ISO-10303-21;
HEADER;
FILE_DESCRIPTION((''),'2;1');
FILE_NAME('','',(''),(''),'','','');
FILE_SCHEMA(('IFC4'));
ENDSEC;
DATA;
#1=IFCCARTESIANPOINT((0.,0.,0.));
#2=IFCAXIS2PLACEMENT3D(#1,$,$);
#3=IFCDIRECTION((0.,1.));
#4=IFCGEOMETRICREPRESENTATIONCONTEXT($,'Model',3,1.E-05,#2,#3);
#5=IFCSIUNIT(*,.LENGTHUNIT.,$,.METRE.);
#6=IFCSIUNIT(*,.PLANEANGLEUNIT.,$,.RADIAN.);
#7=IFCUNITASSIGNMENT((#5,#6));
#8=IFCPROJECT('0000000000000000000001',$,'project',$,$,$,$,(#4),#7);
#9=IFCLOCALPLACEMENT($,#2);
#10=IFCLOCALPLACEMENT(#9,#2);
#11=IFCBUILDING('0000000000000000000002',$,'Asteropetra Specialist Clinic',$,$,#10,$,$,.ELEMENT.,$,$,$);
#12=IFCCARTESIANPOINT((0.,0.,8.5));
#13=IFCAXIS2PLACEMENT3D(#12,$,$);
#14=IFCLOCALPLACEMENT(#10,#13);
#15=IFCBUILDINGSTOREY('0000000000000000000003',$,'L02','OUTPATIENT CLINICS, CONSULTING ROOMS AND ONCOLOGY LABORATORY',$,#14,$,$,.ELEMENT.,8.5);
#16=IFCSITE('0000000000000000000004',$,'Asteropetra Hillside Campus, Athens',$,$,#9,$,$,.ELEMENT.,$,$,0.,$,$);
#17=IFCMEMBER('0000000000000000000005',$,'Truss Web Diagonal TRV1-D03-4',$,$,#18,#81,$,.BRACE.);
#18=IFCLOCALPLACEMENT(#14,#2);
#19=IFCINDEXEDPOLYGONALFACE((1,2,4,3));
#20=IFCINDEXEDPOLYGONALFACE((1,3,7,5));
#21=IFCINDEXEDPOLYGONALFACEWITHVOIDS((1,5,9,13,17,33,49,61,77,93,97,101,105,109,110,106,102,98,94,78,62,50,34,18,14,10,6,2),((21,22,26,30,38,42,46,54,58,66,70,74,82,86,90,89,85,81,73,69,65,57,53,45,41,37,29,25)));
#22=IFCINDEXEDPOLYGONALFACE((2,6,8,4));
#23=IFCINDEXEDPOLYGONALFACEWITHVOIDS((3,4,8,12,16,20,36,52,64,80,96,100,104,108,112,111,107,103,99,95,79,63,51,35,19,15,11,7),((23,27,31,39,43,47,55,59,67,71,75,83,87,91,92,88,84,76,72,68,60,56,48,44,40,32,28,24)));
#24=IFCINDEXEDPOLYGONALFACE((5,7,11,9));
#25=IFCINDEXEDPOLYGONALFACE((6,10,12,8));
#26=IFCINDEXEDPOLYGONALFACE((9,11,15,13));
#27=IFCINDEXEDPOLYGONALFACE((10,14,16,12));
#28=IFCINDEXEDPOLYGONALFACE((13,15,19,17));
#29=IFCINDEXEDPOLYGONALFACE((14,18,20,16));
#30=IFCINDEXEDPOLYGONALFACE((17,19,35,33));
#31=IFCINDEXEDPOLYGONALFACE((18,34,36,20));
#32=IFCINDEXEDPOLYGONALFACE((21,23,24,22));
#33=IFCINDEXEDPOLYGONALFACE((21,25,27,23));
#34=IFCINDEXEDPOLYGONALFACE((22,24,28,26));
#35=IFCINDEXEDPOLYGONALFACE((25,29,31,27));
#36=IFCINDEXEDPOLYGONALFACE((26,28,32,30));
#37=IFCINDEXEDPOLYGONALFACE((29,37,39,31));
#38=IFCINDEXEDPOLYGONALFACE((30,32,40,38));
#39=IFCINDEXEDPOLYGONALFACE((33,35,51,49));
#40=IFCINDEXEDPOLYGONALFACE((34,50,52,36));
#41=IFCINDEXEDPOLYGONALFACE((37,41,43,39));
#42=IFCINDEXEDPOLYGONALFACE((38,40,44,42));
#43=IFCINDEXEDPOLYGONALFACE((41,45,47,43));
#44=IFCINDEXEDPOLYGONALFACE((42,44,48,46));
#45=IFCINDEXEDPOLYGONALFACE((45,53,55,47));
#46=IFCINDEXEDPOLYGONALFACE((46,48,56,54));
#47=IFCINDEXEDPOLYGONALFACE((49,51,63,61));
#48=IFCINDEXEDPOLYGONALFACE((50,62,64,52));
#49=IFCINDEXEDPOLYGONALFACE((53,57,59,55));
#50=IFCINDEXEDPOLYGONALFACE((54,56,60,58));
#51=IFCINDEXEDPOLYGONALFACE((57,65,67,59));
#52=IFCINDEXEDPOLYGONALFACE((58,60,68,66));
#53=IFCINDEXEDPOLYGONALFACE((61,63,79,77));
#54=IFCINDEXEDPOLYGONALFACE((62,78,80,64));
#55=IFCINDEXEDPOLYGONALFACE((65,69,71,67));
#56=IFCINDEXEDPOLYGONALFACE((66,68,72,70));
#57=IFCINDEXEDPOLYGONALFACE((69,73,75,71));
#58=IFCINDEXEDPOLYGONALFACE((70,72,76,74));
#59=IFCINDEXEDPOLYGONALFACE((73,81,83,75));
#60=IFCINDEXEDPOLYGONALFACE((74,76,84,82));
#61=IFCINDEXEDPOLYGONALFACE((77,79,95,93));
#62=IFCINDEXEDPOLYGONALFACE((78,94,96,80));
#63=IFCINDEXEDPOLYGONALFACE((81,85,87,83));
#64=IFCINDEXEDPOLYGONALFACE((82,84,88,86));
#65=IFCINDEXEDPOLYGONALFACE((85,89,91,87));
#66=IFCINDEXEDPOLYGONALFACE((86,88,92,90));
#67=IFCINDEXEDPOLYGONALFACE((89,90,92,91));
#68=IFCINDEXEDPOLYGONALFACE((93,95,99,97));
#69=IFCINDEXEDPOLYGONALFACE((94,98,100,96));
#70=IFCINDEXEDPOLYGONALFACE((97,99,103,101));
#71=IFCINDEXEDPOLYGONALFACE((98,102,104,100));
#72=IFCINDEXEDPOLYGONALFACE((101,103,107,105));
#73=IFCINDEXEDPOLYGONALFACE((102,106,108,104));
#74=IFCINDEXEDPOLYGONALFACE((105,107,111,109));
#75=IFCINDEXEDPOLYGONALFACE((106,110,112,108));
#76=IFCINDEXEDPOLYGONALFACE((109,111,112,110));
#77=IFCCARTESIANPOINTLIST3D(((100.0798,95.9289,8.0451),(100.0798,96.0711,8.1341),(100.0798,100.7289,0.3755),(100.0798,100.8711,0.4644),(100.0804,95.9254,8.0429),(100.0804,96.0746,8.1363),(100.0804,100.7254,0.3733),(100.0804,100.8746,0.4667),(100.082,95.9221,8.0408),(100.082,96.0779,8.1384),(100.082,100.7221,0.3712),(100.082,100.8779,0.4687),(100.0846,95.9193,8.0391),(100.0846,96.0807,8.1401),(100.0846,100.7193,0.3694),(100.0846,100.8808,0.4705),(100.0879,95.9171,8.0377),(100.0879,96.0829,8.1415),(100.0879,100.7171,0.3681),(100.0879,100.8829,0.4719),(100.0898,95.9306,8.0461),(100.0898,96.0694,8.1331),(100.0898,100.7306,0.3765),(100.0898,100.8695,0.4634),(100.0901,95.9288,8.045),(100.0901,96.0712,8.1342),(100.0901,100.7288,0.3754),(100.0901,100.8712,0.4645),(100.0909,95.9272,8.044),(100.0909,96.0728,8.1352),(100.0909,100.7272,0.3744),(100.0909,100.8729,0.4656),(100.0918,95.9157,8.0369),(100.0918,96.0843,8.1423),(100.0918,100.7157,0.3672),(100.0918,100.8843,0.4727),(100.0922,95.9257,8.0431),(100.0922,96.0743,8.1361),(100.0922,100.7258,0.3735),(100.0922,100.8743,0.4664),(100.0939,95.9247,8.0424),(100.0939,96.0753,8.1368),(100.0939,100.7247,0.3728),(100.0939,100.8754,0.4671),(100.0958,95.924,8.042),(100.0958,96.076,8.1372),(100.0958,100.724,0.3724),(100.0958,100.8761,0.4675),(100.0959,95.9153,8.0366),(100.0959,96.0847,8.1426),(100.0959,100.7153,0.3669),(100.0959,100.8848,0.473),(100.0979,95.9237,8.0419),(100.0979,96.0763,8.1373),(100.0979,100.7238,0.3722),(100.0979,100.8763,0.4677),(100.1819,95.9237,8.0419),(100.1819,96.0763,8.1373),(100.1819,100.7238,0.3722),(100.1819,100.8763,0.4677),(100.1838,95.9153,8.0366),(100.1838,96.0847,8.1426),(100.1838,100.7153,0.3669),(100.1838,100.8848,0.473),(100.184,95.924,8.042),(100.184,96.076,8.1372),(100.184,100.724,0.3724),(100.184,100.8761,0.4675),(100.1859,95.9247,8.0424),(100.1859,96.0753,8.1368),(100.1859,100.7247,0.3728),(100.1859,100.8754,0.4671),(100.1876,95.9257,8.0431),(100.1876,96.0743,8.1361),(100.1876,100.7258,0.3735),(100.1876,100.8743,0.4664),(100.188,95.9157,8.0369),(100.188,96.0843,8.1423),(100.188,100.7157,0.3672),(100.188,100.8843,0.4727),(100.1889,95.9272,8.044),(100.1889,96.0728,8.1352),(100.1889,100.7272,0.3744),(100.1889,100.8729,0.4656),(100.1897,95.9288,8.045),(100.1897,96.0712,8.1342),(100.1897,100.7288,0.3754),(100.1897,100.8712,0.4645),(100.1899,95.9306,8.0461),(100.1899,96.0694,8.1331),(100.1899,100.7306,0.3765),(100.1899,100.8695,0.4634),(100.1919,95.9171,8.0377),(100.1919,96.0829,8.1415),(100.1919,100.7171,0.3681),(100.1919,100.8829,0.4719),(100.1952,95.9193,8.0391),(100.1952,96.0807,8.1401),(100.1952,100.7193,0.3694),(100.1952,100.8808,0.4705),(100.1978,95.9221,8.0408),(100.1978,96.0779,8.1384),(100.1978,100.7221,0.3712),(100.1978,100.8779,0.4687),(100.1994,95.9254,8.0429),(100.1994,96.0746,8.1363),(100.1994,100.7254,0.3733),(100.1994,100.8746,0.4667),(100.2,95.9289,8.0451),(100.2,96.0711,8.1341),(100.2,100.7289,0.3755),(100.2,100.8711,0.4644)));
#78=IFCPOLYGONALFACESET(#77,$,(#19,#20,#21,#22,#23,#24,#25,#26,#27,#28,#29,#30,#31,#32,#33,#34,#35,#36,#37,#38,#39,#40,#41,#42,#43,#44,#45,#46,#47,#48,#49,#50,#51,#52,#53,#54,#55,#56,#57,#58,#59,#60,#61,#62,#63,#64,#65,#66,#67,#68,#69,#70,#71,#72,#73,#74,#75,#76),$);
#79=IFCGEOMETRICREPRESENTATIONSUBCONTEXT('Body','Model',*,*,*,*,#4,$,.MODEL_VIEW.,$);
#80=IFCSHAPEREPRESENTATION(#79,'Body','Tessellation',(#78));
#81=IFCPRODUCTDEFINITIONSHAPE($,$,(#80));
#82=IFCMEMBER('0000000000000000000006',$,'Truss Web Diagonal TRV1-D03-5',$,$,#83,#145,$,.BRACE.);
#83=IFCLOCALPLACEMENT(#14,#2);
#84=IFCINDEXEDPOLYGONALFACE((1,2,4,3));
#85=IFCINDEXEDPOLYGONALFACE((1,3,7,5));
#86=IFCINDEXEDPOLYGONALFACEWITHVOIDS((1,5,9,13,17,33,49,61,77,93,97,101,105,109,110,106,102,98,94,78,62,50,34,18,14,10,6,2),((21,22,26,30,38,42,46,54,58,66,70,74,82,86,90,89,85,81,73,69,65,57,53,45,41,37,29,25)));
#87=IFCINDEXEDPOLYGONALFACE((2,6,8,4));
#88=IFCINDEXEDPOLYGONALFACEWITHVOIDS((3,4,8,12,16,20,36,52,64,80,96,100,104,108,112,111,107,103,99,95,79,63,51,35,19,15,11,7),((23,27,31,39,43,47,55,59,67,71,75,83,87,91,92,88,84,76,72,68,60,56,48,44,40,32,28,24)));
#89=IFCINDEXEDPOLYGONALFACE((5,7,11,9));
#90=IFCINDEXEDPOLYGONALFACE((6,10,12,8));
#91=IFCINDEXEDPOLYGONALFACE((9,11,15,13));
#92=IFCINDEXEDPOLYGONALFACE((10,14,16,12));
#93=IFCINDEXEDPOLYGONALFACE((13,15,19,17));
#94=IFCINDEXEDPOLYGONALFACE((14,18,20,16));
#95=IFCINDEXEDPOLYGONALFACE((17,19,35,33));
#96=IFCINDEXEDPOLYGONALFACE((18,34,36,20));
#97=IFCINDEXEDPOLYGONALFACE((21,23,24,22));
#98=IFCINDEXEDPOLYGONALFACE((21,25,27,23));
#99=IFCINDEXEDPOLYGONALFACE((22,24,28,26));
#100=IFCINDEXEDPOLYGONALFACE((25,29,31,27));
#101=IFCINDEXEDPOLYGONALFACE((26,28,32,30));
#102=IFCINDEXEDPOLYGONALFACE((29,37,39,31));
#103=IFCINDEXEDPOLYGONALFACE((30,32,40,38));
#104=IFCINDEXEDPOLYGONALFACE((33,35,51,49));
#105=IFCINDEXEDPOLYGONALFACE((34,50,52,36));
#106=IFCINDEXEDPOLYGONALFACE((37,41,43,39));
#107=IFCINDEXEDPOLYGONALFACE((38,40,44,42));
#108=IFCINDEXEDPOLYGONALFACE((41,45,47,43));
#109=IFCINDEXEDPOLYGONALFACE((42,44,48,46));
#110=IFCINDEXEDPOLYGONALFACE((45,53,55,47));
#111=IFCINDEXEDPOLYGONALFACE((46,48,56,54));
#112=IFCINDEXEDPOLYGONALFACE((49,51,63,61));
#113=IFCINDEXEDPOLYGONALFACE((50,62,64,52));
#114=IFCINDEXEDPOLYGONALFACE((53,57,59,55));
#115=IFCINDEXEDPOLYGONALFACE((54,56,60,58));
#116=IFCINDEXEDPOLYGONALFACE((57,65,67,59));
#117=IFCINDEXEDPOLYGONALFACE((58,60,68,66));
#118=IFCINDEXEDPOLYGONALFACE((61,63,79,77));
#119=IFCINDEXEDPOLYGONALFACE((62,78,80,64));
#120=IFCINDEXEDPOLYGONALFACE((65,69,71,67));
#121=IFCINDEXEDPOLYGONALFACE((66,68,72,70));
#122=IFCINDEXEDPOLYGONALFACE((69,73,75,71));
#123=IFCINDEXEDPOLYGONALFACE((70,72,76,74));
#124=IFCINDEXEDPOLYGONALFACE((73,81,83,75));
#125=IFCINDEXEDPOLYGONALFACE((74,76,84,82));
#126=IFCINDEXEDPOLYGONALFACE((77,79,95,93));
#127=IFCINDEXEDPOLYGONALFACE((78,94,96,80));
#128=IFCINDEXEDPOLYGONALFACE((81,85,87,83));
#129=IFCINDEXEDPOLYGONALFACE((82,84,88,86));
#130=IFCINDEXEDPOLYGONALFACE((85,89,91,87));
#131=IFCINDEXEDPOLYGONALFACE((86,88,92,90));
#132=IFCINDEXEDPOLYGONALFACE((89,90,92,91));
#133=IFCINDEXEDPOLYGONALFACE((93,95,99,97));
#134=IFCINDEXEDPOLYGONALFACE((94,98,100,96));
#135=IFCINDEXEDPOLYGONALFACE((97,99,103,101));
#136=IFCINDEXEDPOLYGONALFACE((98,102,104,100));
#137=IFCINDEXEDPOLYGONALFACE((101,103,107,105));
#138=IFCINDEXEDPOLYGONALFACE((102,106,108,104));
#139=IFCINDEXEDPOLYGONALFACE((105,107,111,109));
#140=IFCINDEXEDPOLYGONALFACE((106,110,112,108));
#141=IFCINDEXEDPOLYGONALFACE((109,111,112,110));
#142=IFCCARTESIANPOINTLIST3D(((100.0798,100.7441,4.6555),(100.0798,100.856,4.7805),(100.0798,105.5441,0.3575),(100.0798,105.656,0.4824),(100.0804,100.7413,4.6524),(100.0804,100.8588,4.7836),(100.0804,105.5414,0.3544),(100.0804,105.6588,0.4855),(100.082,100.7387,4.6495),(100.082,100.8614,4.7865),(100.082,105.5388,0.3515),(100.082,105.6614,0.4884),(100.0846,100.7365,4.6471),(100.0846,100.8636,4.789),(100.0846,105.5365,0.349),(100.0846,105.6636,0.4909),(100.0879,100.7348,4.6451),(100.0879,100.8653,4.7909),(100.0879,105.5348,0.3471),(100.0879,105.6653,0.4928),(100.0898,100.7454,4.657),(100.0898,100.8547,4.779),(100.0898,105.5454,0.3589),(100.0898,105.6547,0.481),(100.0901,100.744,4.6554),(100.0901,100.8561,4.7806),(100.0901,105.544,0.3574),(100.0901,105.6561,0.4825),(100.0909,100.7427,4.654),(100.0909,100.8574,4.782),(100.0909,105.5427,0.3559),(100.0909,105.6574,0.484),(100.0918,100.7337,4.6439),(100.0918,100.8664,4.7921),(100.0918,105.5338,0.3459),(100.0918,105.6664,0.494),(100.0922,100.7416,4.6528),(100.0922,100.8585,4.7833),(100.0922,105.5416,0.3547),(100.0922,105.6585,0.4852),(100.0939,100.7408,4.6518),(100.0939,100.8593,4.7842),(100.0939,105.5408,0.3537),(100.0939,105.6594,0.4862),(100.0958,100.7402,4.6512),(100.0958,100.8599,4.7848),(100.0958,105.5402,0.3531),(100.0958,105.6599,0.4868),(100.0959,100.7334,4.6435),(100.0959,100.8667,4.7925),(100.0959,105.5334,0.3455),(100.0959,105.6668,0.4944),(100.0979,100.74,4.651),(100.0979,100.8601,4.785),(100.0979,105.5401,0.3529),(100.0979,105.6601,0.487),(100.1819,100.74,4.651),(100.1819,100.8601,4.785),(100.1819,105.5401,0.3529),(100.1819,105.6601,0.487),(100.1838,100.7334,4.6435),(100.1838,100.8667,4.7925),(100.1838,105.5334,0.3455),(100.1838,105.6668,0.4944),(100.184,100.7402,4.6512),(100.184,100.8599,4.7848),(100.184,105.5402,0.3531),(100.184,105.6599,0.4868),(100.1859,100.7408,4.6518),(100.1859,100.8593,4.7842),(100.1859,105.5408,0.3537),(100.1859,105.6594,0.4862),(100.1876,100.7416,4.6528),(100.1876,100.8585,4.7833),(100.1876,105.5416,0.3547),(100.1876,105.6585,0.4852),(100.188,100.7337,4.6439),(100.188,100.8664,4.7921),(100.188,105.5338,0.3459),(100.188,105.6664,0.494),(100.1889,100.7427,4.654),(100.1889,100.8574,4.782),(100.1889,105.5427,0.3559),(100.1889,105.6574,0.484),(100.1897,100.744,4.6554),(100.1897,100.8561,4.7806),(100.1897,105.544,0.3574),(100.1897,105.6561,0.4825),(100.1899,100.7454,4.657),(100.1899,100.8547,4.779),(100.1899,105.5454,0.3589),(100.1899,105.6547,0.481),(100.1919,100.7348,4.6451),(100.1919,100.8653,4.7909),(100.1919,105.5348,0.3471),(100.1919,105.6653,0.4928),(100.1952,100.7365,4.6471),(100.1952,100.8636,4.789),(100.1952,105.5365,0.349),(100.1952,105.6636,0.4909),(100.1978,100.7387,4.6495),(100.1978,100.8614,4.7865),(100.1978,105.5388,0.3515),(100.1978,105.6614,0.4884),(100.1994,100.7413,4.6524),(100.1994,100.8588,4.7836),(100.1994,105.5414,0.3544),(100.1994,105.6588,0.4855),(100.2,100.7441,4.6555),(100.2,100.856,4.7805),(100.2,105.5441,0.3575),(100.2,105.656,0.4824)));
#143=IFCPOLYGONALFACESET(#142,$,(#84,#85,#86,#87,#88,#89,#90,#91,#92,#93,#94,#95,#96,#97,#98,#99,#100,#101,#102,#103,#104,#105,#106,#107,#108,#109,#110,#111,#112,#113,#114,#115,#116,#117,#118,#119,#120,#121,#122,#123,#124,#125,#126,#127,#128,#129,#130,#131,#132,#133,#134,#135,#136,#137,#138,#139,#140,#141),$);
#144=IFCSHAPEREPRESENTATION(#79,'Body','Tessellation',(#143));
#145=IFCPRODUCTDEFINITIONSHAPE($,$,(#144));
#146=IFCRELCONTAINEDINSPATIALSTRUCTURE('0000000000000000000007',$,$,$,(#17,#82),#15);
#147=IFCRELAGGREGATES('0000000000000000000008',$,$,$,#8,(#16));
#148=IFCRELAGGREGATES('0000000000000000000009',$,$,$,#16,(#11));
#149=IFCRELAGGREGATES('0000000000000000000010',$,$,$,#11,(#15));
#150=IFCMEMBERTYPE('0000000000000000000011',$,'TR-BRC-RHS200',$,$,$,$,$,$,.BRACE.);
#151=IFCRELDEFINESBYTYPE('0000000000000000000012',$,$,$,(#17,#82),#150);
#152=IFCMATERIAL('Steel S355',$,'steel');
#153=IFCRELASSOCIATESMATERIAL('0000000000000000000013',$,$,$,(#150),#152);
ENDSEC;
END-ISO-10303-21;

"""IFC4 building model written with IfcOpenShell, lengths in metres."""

from ifc_helpers import new_model, si_unit, direction, frame, origin, origin_2d, place, context, subcontext, project, spatial, hollow_rectangle, extrude, material, material_profile, profile_set, type_object, element, save


model = new_model("IFC4")

# Units and contexts
model_context = context("Model", 3, precision=1e-05, world=origin(), true_north=direction((0.0, 1.0)))
body_context = subcontext(model_context, "Body", "Model", "MODEL_VIEW")
ifc_project = project(units=[si_unit("LENGTHUNIT", "METRE"), si_unit("PLANEANGLEUNIT", "RADIAN")], contexts=[model_context])

# Site, building, storey
site_placement = place(None, origin())
site = spatial("IfcSite", under=ifc_project, at=site_placement, Name="Asteropetra Hillside Campus, Athens", CompositionType="ELEMENT", RefElevation=0.0)
building_placement = place(site_placement, origin())
building = spatial("IfcBuilding", under=site, at=building_placement, Name="Asteropetra Specialist Clinic", CompositionType="ELEMENT")
storey_placement = place(building_placement, frame((0.0, 0.0, 8.5)))
storey = spatial("IfcBuildingStorey", under=building, at=storey_placement, Name="L02", Description="OUTPATIENT CLINICS, CONSULTING ROOMS AND ONCOLOGY LABORATORY", CompositionType="ELEMENT", Elevation=8.5)

# Members
ifc_material_1 = material(Name="Steel S355", Category="steel")
ifc_material_profile_1 = material_profile(ifc_material_1, hollow_rectangle(XDim=0.1201, YDim=0.2, WallThickness=0.01, InnerFilletRadius=0.0081, OuterFilletRadius=0.0161, at=origin_2d()), Name="RHS 200x120x10.0")
ifc_profile_set_1 = profile_set([ifc_material_profile_1], Name="Steel S355")
member_type_1 = type_object("IfcMemberType", Name="TR-BRC-RHS200", PredefinedType="BRACE", material=ifc_profile_set_1)
member_1_placement = place(storey_placement, frame((100.1399, 96.0, 8.0896), z_axis=(0.0, 0.530515, -0.847675), x_axis=(-1.0, 0.0, 0.0)))
element("IfcMember", 1, at=member_1_placement, inside=storey, type_object=member_type_1, Name="Truss Web Diagonal TRV1-D03-4", PredefinedType="BRACE", context=body_context, shape_type="SweptSolid", body=[
    extrude(hollow_rectangle(XDim=0.1201, YDim=0.2, WallThickness=0.01, InnerFilletRadius=0.0081, OuterFilletRadius=0.0161, at=origin_2d()), origin(), (0.0, 0.0, 1.0), 9.0479),
])
member_2_placement = place(storey_placement, frame((100.1399, 100.8, 4.718), z_axis=(0.0, 0.744986, -0.667081), x_axis=(-1.0, 0.0, 0.0)))
element("IfcMember", 2, at=member_2_placement, inside=storey, type_object=member_type_1, Name="Truss Web Diagonal TRV1-D03-5", PredefinedType="BRACE", context=body_context, shape_type="SweptSolid", body=[
    extrude(hollow_rectangle(XDim=0.1201, YDim=0.2, WallThickness=0.01, InnerFilletRadius=0.0081, OuterFilletRadius=0.0161, at=origin_2d()), origin(), (0.0, 0.0, 1.0), 6.4431),
])

save(model, "model.ifc")
